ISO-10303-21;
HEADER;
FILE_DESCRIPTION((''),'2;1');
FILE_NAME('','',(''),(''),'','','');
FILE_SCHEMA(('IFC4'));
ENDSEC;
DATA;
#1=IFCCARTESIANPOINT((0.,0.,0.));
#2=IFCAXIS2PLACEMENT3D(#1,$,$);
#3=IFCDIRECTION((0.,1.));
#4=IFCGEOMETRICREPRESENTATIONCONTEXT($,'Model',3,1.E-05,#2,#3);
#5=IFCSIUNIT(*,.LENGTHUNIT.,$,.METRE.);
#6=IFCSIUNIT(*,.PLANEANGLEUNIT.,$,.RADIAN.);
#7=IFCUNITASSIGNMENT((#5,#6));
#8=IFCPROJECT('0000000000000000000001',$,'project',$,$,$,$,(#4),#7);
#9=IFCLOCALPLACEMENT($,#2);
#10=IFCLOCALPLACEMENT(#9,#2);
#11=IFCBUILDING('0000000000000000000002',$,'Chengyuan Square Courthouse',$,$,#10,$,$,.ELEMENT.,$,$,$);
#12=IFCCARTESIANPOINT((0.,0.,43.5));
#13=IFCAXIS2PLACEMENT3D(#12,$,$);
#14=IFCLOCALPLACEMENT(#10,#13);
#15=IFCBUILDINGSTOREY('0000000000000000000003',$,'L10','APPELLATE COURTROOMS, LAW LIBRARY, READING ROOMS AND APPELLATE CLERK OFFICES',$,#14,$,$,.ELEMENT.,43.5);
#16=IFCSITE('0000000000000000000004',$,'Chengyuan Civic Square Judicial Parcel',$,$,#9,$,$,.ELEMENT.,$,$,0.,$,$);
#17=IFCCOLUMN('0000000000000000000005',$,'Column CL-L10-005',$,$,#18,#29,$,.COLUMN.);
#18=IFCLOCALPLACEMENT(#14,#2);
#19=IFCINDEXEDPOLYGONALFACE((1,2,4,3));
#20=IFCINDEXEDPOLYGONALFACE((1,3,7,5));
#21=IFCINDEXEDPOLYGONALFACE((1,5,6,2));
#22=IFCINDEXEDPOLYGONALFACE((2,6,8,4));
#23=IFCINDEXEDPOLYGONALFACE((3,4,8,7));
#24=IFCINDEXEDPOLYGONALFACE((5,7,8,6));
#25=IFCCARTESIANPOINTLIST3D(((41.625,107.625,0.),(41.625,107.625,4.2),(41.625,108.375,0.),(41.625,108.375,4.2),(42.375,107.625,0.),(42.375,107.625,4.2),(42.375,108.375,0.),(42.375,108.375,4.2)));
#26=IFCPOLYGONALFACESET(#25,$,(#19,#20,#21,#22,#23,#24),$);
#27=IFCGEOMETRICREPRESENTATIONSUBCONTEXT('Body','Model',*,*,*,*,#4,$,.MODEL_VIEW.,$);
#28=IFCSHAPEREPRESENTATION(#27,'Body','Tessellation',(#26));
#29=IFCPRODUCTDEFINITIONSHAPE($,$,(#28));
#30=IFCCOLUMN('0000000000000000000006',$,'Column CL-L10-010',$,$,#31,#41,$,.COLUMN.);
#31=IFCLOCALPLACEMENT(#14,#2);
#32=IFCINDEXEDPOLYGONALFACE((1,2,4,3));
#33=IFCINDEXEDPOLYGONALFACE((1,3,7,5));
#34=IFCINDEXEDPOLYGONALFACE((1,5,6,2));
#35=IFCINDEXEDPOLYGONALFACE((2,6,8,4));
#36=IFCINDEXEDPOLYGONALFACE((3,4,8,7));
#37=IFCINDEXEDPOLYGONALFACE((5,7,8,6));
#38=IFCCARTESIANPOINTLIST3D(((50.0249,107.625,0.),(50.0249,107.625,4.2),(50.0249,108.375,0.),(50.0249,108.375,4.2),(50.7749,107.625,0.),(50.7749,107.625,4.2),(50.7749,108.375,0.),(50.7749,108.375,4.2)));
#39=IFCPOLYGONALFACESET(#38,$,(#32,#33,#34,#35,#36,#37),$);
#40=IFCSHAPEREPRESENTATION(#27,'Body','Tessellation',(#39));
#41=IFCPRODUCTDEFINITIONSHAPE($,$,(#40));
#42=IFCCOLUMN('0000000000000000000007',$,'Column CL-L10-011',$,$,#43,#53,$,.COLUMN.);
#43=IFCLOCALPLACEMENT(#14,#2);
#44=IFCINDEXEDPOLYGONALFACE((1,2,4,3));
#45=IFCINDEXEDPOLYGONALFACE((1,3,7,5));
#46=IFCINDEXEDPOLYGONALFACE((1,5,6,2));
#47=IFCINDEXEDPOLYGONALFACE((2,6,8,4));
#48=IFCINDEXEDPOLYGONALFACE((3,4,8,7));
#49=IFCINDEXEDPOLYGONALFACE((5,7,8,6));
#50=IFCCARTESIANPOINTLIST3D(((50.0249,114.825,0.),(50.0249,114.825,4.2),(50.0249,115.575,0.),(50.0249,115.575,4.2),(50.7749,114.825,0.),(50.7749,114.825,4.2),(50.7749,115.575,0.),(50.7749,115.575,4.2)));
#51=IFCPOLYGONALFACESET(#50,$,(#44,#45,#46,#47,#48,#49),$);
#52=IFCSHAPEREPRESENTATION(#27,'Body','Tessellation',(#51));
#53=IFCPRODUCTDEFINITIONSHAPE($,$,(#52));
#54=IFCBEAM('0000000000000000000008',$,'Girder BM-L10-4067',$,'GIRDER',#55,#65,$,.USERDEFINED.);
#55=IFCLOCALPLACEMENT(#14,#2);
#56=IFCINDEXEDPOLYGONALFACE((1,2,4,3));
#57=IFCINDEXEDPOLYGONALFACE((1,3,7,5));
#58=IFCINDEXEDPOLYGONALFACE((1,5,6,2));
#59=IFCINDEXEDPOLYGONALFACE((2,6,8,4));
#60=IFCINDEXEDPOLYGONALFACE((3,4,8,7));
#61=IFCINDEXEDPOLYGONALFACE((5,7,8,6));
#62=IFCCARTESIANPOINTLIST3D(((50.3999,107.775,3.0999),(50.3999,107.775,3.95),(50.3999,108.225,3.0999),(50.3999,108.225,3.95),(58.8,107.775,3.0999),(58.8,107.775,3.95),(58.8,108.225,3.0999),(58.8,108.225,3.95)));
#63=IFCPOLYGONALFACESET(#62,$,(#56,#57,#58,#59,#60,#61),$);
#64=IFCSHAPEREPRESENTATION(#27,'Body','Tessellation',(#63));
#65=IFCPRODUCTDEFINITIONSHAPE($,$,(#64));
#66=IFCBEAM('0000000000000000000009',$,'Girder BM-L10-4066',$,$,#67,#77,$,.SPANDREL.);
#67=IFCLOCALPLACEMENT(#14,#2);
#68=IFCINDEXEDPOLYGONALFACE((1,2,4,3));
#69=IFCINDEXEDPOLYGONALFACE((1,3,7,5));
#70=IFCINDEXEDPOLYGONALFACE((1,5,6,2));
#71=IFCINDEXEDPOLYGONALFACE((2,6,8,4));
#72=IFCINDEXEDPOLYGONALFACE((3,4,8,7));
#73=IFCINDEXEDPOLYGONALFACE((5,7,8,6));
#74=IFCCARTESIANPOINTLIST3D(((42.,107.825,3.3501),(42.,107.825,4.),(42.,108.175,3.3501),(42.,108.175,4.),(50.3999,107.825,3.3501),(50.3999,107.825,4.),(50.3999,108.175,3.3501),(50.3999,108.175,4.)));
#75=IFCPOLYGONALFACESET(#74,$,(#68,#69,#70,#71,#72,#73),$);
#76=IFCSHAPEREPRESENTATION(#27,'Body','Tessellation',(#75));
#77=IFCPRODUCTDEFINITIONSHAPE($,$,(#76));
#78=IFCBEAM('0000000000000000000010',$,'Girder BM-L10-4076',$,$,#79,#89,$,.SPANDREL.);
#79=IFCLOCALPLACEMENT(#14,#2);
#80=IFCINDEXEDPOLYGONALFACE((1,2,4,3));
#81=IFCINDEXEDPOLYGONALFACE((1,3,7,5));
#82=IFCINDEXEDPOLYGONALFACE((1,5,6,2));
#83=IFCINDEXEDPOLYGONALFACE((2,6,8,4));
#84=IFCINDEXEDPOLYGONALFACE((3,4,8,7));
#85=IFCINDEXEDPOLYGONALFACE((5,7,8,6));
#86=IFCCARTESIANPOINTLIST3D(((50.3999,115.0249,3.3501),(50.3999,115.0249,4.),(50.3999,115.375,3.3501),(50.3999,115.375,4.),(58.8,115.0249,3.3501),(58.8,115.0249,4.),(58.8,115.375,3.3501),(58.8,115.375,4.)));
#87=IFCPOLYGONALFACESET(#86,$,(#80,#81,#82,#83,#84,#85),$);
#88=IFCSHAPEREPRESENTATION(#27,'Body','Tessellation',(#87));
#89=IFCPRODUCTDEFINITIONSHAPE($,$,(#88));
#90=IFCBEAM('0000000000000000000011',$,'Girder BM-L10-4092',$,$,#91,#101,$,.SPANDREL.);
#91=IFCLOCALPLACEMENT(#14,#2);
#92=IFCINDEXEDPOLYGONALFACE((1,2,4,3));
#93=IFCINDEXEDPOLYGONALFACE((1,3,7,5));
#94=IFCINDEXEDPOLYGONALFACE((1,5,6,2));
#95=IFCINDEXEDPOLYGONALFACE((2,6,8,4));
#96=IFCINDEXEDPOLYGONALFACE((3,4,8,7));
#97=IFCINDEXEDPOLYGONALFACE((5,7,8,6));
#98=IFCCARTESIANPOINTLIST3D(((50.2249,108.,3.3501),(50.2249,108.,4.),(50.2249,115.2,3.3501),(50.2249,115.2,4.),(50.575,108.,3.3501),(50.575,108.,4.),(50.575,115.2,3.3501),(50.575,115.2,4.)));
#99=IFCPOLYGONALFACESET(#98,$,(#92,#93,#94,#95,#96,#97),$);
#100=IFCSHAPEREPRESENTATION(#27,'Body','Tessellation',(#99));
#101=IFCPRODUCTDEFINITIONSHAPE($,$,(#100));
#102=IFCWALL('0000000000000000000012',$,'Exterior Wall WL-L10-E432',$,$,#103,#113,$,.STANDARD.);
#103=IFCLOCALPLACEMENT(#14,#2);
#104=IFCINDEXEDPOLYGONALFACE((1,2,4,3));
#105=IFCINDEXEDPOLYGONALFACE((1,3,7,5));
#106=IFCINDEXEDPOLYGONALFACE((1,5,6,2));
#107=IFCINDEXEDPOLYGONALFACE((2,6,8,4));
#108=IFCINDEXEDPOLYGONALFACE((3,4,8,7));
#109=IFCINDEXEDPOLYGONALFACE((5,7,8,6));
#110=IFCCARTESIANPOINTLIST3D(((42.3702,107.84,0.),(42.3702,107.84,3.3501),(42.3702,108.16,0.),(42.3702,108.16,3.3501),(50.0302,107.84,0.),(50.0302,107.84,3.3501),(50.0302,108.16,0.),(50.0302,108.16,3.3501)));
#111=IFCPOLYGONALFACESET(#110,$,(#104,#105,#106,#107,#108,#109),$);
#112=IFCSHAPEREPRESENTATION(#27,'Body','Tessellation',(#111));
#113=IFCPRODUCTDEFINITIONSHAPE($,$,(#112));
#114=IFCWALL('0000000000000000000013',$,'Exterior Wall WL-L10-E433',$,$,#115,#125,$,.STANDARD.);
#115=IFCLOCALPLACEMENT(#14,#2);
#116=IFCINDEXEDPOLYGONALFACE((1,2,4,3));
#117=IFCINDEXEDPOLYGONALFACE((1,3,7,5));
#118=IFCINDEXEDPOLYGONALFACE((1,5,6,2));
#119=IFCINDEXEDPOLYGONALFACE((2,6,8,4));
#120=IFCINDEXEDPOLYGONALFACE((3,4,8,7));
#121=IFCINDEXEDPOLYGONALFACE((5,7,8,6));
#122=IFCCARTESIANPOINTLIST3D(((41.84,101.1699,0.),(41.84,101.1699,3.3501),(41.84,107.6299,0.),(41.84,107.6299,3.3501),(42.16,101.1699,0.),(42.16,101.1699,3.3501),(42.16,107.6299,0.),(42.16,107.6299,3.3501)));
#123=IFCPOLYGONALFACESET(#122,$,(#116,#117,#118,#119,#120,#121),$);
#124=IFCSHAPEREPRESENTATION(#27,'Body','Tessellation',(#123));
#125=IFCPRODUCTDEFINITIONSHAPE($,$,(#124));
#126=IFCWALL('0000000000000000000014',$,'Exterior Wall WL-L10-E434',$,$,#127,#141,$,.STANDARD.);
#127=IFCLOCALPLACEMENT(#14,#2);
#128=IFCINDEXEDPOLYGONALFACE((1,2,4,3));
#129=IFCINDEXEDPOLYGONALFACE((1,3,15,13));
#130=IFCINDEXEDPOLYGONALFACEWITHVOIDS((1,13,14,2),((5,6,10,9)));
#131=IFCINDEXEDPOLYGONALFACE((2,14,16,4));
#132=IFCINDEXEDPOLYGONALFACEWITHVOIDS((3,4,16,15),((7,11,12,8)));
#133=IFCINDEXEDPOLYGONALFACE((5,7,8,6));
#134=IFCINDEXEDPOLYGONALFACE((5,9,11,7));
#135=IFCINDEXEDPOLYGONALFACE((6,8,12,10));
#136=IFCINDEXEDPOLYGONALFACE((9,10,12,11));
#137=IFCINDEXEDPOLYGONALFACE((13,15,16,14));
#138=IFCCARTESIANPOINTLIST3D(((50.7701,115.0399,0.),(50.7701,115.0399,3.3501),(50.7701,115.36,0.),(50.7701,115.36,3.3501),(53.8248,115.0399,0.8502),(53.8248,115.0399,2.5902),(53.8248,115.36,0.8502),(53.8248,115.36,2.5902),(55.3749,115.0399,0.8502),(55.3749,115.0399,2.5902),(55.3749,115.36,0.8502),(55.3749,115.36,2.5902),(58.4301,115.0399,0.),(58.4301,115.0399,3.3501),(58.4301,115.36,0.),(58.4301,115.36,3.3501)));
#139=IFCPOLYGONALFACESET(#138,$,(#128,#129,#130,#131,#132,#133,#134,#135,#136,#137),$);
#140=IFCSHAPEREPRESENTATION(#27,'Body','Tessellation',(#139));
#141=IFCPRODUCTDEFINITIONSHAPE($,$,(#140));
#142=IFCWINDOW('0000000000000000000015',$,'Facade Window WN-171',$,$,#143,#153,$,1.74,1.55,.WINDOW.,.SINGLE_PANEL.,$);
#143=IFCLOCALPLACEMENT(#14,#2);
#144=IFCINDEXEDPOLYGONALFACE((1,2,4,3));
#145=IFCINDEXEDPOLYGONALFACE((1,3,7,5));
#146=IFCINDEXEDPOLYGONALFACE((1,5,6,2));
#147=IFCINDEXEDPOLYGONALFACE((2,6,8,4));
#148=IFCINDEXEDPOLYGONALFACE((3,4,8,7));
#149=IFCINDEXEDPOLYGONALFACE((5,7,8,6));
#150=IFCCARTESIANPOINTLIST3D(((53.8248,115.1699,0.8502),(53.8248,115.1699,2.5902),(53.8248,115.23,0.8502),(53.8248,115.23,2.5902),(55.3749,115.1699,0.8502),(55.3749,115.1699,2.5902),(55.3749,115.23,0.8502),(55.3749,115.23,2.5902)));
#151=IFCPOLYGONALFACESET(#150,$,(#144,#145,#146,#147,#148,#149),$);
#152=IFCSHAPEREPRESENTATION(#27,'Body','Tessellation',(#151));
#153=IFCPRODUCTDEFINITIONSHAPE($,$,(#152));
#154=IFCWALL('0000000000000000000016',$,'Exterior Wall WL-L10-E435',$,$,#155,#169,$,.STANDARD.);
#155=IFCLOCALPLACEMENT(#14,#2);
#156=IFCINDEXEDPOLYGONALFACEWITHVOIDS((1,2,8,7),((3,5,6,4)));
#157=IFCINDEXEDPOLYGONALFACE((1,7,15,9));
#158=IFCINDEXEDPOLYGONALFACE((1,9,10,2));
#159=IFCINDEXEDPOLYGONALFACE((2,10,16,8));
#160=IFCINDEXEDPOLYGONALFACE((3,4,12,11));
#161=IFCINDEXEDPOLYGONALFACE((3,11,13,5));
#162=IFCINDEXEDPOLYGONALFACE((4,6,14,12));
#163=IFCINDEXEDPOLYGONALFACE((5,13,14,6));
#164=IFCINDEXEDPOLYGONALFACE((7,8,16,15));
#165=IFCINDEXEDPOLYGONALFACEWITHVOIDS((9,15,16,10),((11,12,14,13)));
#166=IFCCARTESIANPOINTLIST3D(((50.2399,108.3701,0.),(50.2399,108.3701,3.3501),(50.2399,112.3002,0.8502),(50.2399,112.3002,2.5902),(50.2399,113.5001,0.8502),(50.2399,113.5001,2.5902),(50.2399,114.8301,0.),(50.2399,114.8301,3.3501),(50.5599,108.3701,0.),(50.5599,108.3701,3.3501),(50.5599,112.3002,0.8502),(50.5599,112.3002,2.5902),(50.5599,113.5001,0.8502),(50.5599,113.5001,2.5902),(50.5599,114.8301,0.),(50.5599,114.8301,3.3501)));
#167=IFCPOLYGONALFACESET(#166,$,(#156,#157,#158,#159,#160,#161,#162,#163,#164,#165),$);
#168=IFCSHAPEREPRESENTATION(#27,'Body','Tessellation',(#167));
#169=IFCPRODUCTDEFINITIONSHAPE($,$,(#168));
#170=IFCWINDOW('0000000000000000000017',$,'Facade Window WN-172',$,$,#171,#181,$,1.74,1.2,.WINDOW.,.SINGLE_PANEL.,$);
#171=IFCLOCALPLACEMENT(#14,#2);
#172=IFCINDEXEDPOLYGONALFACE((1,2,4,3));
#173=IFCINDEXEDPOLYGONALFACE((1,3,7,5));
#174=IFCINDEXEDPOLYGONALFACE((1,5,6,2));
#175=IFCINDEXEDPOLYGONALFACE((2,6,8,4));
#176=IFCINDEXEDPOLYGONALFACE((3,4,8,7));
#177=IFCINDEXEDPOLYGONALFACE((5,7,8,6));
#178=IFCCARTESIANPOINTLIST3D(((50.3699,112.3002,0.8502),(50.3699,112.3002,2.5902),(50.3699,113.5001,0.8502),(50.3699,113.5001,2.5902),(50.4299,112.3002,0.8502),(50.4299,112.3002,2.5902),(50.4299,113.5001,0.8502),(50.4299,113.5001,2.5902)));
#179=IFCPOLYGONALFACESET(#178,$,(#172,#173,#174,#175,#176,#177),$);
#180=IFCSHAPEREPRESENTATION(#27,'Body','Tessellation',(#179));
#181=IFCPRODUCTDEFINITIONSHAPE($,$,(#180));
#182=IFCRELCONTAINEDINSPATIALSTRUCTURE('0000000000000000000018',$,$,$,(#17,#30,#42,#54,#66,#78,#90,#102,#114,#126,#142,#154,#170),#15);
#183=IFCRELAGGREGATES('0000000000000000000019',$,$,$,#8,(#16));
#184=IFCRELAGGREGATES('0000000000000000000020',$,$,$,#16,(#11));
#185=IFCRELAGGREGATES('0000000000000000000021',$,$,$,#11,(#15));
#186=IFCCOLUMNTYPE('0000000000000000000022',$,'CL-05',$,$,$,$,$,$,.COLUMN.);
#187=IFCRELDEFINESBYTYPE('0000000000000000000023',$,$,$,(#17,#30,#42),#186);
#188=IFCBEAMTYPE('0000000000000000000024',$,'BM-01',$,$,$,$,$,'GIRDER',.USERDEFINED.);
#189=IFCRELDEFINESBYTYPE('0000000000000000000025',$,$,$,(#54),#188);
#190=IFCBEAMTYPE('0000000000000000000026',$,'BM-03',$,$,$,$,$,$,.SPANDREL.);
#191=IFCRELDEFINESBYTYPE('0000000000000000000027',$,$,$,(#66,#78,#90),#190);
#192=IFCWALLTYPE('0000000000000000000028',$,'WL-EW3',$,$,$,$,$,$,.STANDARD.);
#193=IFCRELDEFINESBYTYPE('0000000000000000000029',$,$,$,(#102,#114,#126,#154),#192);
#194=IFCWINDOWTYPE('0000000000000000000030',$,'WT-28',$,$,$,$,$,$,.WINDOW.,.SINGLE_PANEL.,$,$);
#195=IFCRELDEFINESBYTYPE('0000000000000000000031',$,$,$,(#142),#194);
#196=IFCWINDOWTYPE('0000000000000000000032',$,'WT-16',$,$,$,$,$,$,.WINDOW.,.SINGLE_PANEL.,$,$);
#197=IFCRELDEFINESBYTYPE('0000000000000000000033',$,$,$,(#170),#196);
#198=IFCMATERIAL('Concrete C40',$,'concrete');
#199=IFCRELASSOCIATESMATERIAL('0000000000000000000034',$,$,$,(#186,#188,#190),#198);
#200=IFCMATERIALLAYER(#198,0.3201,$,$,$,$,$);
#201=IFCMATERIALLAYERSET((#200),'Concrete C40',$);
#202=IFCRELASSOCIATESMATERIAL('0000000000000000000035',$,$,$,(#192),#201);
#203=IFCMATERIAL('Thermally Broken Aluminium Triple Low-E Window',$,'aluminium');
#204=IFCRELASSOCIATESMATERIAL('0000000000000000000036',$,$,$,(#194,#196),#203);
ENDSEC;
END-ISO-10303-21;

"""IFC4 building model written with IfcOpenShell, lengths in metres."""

from ifc_helpers import new_model, si_unit, direction, frame, frame_2d, origin, origin_2d, place, context, subcontext, project, spatial, rectangle, extrude, material, layer, layer_set, material_profile, profile_set, type_object, element, fill, save


model = new_model("IFC4")

# Units and contexts
model_context = context("Model", 3, precision=1e-05, world=origin(), true_north=direction((0.0, 1.0)))
body_context = subcontext(model_context, "Body", "Model", "MODEL_VIEW")
ifc_project = project(units=[si_unit("LENGTHUNIT", "METRE"), si_unit("PLANEANGLEUNIT", "RADIAN")], contexts=[model_context])

# Site, building, storey
site_placement = place(None, origin())
site = spatial("IfcSite", under=ifc_project, at=site_placement, Name="Chengyuan Civic Square Judicial Parcel", CompositionType="ELEMENT", RefElevation=0.0)
building_placement = place(site_placement, origin())
building = spatial("IfcBuilding", under=site, at=building_placement, Name="Chengyuan Square Courthouse", CompositionType="ELEMENT")
storey_placement = place(building_placement, frame((0.0, 0.0, 43.5)))
storey = spatial("IfcBuildingStorey", under=building, at=storey_placement, Name="L10", Description="APPELLATE COURTROOMS, LAW LIBRARY, READING ROOMS AND APPELLATE CLERK OFFICES", CompositionType="ELEMENT", Elevation=43.5)

# Columns
ifc_material_1 = material(Name="Concrete C40", Category="concrete")
ifc_material_profile_1 = material_profile(ifc_material_1, rectangle(XDim=0.75, YDim=0.75, at=origin_2d()), Name="RC-COL-750x750")
ifc_profile_set_1 = profile_set([ifc_material_profile_1], Name="Concrete C40")
column_type = type_object("IfcColumnType", Name="CL-05", PredefinedType="COLUMN", material=ifc_profile_set_1)
for number, where, z_axis, x_axis, name in (
    (1, (42.0, 108.0, 0.0), (0.0, 0.0, 1.0), (1.0, 0.0, 0.0), "Column CL-L10-005"),
    (2, (50.3999, 108.0, 0.0), (0.0, 0.0, 1.0), (1.0, 0.0, 0.0), "Column CL-L10-010"),
    (3, (50.3999, 115.2, 0.0), (0.0, 0.0, 1.0), (1.0, 0.0, 0.0), "Column CL-L10-011"),
):
    element("IfcColumn", number, at=place(storey_placement, frame(where, z_axis=z_axis, x_axis=x_axis)), inside=storey, type_object=column_type, Name=name, PredefinedType="COLUMN", context=body_context, shape_type="SweptSolid", body=[
        extrude(rectangle(XDim=0.75, YDim=0.75, at=origin_2d()), origin(), (0.0, 0.0, 1.0), 4.2),
    ])

# Beams
ifc_material_profile_2 = material_profile(ifc_material_1, rectangle(XDim=0.45, YDim=0.8501, at=origin_2d()), Name="RC-BM-450x850")
ifc_profile_set_2 = profile_set([ifc_material_profile_2], Name="Concrete C40")
beam_type_1 = type_object("IfcBeamType", Name="BM-01", ElementType="GIRDER", PredefinedType="USERDEFINED", material=ifc_profile_set_2)
beam_1_placement = place(storey_placement, frame((50.3999, 108.0, 3.5249), z_axis=(1.0, 0.0, 0.0), x_axis=(0.0, 1.0, 0.0)))
element("IfcBeam", 4, at=beam_1_placement, inside=storey, type_object=beam_type_1, Name="Girder BM-L10-4067", ObjectType="GIRDER", PredefinedType="USERDEFINED", context=body_context, shape_type="SweptSolid", body=[
    extrude(rectangle(XDim=0.45, YDim=0.8501, at=origin_2d()), origin(), (0.0, 0.0, 1.0), 8.4001),
])
ifc_material_profile_3 = material_profile(ifc_material_1, rectangle(XDim=0.3501, YDim=0.6499, at=origin_2d()), Name="RC-BM-350x650")
ifc_profile_set_3 = profile_set([ifc_material_profile_3], Name="Concrete C40")
beam_type_2 = type_object("IfcBeamType", Name="BM-03", PredefinedType="SPANDREL", material=ifc_profile_set_3)
beam_2_placement = place(storey_placement, frame((42.0, 108.0, 3.675), z_axis=(1.0, 0.0, 0.0), x_axis=(0.0, 1.0, 0.0)))
element("IfcBeam", 5, at=beam_2_placement, inside=storey, type_object=beam_type_2, Name="Girder BM-L10-4066", PredefinedType="SPANDREL", context=body_context, shape_type="SweptSolid", body=[
    extrude(rectangle(XDim=0.3501, YDim=0.6499, at=origin_2d()), origin(), (0.0, 0.0, 1.0), 8.3999),
])
beam_3_placement = place(storey_placement, frame((50.3999, 115.2, 3.675), z_axis=(1.0, 0.0, 0.0), x_axis=(0.0, 1.0, 0.0)))
element("IfcBeam", 6, at=beam_3_placement, inside=storey, type_object=beam_type_2, Name="Girder BM-L10-4076", PredefinedType="SPANDREL", context=body_context, shape_type="SweptSolid", body=[
    extrude(rectangle(XDim=0.3501, YDim=0.6499, at=origin_2d()), origin(), (0.0, 0.0, 1.0), 8.4001),
])
beam_4_placement = place(storey_placement, frame((50.3999, 108.0, 3.675), z_axis=(0.0, 1.0, 0.0), x_axis=(-1.0, 0.0, 0.0)))
element("IfcBeam", 7, at=beam_4_placement, inside=storey, type_object=beam_type_2, Name="Girder BM-L10-4092", PredefinedType="SPANDREL", context=body_context, shape_type="SweptSolid", body=[
    extrude(rectangle(XDim=0.3501, YDim=0.6499, at=origin_2d()), origin(), (0.0, 0.0, 1.0), 7.2),
])

# Walls
ifc_layer_1 = layer(ifc_material_1, 0.3201)
ifc_layer_set_1 = layer_set([ifc_layer_1], Name="Concrete C40")
wall_type_1 = type_object("IfcWallType", Name="WL-EW3", PredefinedType="STANDARD", material=ifc_layer_set_1)
wall_1_placement = place(storey_placement, frame((42.3701, 108.0, 0.0), z_axis=(0.0, 0.0, 1.0), x_axis=(1.0, 0.0, 0.0)))
element("IfcWall", 8, at=wall_1_placement, inside=storey, type_object=wall_type_1, Name="Exterior Wall WL-L10-E432", PredefinedType="STANDARD", context=body_context, shape_type="SweptSolid", body=[
    extrude(rectangle(XDim=7.6599, YDim=0.3201, at=frame_2d((3.8301, 0.0))), origin(), (0.0, 0.0, 1.0), 3.3501),
])
wall_2_placement = place(storey_placement, frame((42.0, 101.1699, 0.0), z_axis=(0.0, 0.0, 1.0), x_axis=(0.0, 1.0, 0.0)))
element("IfcWall", 9, at=wall_2_placement, inside=storey, type_object=wall_type_1, Name="Exterior Wall WL-L10-E433", PredefinedType="STANDARD", context=body_context, shape_type="SweptSolid", body=[
    extrude(rectangle(XDim=6.46, YDim=0.3201, at=frame_2d((3.23, 0.0))), origin(), (0.0, 0.0, 1.0), 3.3501),
])

# Walls, openings, windows
wall_3_placement = place(storey_placement, frame((50.77, 115.2, 0.0), z_axis=(0.0, 0.0, 1.0), x_axis=(1.0, 0.0, 0.0)))
wall_3 = element("IfcWall", 10, at=wall_3_placement, inside=storey, type_object=wall_type_1, Name="Exterior Wall WL-L10-E434", PredefinedType="STANDARD", context=body_context, shape_type="SweptSolid", body=[
    extrude(rectangle(XDim=7.6599, YDim=0.3201, at=frame_2d((3.8301, 0.0))), origin(), (0.0, 0.0, 1.0), 3.3501),
])
opening_1_placement = place(wall_3_placement, frame((3.0549, 0.0, 0.8501)))
opening_1 = element("IfcOpeningElement", 11, at=opening_1_placement, cuts=wall_3, PredefinedType="OPENING", context=body_context, shape_type="SweptSolid", body=[
    extrude(rectangle(XDim=1.55, YDim=1.74, at=frame_2d((0.7749, 0.8701))), frame((0.0, 0.1721, 0.0), z_axis=(0.0, -1.0, 0.0), x_axis=(1.0, 0.0, 0.0)), (0.0, 0.0, 1.0), 0.344),
])
ifc_material_2 = material(Name="Thermally Broken Aluminium Triple Low-E Window", Category="aluminium")
window_type_1 = type_object("IfcWindowType", Name="WT-28", PartitioningType="SINGLE_PANEL", PredefinedType="WINDOW", material=ifc_material_2)
window_1_placement = place(opening_1_placement, origin())
window_1 = element("IfcWindow", 12, at=window_1_placement, inside=storey, type_object=window_type_1, Name="Facade Window WN-171", OverallHeight=1.74, OverallWidth=1.55, PartitioningType="SINGLE_PANEL", PredefinedType="WINDOW", context=body_context, shape_type="SweptSolid", body=[
    extrude(rectangle(XDim=1.55, YDim=1.74, at=frame_2d((0.7749, 0.8701))), frame((0.0, 0.03, 0.0), z_axis=(0.0, -1.0, 0.0), x_axis=(1.0, 0.0, 0.0)), (0.0, 0.0, 1.0), 0.0601),
])
fill(opening_1, window_1)
wall_4_placement = place(storey_placement, frame((50.3999, 108.3701, 0.0), z_axis=(0.0, 0.0, 1.0), x_axis=(0.0, 1.0, 0.0)))
wall_4 = element("IfcWall", 13, at=wall_4_placement, inside=storey, type_object=wall_type_1, Name="Exterior Wall WL-L10-E435", PredefinedType="STANDARD", context=body_context, shape_type="SweptSolid", body=[
    extrude(rectangle(XDim=6.46, YDim=0.3201, at=frame_2d((3.23, 0.0))), origin(), (0.0, 0.0, 1.0), 3.3501),
])
opening_2_placement = place(wall_4_placement, frame((3.9299, 0.0, 0.8501)))
opening_2 = element("IfcOpeningElement", 14, at=opening_2_placement, cuts=wall_4, PredefinedType="OPENING", context=body_context, shape_type="SweptSolid", body=[
    extrude(rectangle(XDim=1.2, YDim=1.74, at=frame_2d((0.6001, 0.8701))), frame((0.0, 0.1721, 0.0), z_axis=(0.0, -1.0, 0.0), x_axis=(1.0, 0.0, 0.0)), (0.0, 0.0, 1.0), 0.344),
])
window_type_2 = type_object("IfcWindowType", Name="WT-16", PartitioningType="SINGLE_PANEL", PredefinedType="WINDOW", material=ifc_material_2)
window_2_placement = place(opening_2_placement, origin())
window_2 = element("IfcWindow", 15, at=window_2_placement, inside=storey, type_object=window_type_2, Name="Facade Window WN-172", OverallHeight=1.74, OverallWidth=1.2, PartitioningType="SINGLE_PANEL", PredefinedType="WINDOW", context=body_context, shape_type="SweptSolid", body=[
    extrude(rectangle(XDim=1.2, YDim=1.74, at=frame_2d((0.6001, 0.8701))), frame((0.0, 0.03, 0.0), z_axis=(0.0, -1.0, 0.0), x_axis=(1.0, 0.0, 0.0)), (0.0, 0.0, 1.0), 0.0601),
])
fill(opening_2, window_2)

save(model, "model.ifc")
